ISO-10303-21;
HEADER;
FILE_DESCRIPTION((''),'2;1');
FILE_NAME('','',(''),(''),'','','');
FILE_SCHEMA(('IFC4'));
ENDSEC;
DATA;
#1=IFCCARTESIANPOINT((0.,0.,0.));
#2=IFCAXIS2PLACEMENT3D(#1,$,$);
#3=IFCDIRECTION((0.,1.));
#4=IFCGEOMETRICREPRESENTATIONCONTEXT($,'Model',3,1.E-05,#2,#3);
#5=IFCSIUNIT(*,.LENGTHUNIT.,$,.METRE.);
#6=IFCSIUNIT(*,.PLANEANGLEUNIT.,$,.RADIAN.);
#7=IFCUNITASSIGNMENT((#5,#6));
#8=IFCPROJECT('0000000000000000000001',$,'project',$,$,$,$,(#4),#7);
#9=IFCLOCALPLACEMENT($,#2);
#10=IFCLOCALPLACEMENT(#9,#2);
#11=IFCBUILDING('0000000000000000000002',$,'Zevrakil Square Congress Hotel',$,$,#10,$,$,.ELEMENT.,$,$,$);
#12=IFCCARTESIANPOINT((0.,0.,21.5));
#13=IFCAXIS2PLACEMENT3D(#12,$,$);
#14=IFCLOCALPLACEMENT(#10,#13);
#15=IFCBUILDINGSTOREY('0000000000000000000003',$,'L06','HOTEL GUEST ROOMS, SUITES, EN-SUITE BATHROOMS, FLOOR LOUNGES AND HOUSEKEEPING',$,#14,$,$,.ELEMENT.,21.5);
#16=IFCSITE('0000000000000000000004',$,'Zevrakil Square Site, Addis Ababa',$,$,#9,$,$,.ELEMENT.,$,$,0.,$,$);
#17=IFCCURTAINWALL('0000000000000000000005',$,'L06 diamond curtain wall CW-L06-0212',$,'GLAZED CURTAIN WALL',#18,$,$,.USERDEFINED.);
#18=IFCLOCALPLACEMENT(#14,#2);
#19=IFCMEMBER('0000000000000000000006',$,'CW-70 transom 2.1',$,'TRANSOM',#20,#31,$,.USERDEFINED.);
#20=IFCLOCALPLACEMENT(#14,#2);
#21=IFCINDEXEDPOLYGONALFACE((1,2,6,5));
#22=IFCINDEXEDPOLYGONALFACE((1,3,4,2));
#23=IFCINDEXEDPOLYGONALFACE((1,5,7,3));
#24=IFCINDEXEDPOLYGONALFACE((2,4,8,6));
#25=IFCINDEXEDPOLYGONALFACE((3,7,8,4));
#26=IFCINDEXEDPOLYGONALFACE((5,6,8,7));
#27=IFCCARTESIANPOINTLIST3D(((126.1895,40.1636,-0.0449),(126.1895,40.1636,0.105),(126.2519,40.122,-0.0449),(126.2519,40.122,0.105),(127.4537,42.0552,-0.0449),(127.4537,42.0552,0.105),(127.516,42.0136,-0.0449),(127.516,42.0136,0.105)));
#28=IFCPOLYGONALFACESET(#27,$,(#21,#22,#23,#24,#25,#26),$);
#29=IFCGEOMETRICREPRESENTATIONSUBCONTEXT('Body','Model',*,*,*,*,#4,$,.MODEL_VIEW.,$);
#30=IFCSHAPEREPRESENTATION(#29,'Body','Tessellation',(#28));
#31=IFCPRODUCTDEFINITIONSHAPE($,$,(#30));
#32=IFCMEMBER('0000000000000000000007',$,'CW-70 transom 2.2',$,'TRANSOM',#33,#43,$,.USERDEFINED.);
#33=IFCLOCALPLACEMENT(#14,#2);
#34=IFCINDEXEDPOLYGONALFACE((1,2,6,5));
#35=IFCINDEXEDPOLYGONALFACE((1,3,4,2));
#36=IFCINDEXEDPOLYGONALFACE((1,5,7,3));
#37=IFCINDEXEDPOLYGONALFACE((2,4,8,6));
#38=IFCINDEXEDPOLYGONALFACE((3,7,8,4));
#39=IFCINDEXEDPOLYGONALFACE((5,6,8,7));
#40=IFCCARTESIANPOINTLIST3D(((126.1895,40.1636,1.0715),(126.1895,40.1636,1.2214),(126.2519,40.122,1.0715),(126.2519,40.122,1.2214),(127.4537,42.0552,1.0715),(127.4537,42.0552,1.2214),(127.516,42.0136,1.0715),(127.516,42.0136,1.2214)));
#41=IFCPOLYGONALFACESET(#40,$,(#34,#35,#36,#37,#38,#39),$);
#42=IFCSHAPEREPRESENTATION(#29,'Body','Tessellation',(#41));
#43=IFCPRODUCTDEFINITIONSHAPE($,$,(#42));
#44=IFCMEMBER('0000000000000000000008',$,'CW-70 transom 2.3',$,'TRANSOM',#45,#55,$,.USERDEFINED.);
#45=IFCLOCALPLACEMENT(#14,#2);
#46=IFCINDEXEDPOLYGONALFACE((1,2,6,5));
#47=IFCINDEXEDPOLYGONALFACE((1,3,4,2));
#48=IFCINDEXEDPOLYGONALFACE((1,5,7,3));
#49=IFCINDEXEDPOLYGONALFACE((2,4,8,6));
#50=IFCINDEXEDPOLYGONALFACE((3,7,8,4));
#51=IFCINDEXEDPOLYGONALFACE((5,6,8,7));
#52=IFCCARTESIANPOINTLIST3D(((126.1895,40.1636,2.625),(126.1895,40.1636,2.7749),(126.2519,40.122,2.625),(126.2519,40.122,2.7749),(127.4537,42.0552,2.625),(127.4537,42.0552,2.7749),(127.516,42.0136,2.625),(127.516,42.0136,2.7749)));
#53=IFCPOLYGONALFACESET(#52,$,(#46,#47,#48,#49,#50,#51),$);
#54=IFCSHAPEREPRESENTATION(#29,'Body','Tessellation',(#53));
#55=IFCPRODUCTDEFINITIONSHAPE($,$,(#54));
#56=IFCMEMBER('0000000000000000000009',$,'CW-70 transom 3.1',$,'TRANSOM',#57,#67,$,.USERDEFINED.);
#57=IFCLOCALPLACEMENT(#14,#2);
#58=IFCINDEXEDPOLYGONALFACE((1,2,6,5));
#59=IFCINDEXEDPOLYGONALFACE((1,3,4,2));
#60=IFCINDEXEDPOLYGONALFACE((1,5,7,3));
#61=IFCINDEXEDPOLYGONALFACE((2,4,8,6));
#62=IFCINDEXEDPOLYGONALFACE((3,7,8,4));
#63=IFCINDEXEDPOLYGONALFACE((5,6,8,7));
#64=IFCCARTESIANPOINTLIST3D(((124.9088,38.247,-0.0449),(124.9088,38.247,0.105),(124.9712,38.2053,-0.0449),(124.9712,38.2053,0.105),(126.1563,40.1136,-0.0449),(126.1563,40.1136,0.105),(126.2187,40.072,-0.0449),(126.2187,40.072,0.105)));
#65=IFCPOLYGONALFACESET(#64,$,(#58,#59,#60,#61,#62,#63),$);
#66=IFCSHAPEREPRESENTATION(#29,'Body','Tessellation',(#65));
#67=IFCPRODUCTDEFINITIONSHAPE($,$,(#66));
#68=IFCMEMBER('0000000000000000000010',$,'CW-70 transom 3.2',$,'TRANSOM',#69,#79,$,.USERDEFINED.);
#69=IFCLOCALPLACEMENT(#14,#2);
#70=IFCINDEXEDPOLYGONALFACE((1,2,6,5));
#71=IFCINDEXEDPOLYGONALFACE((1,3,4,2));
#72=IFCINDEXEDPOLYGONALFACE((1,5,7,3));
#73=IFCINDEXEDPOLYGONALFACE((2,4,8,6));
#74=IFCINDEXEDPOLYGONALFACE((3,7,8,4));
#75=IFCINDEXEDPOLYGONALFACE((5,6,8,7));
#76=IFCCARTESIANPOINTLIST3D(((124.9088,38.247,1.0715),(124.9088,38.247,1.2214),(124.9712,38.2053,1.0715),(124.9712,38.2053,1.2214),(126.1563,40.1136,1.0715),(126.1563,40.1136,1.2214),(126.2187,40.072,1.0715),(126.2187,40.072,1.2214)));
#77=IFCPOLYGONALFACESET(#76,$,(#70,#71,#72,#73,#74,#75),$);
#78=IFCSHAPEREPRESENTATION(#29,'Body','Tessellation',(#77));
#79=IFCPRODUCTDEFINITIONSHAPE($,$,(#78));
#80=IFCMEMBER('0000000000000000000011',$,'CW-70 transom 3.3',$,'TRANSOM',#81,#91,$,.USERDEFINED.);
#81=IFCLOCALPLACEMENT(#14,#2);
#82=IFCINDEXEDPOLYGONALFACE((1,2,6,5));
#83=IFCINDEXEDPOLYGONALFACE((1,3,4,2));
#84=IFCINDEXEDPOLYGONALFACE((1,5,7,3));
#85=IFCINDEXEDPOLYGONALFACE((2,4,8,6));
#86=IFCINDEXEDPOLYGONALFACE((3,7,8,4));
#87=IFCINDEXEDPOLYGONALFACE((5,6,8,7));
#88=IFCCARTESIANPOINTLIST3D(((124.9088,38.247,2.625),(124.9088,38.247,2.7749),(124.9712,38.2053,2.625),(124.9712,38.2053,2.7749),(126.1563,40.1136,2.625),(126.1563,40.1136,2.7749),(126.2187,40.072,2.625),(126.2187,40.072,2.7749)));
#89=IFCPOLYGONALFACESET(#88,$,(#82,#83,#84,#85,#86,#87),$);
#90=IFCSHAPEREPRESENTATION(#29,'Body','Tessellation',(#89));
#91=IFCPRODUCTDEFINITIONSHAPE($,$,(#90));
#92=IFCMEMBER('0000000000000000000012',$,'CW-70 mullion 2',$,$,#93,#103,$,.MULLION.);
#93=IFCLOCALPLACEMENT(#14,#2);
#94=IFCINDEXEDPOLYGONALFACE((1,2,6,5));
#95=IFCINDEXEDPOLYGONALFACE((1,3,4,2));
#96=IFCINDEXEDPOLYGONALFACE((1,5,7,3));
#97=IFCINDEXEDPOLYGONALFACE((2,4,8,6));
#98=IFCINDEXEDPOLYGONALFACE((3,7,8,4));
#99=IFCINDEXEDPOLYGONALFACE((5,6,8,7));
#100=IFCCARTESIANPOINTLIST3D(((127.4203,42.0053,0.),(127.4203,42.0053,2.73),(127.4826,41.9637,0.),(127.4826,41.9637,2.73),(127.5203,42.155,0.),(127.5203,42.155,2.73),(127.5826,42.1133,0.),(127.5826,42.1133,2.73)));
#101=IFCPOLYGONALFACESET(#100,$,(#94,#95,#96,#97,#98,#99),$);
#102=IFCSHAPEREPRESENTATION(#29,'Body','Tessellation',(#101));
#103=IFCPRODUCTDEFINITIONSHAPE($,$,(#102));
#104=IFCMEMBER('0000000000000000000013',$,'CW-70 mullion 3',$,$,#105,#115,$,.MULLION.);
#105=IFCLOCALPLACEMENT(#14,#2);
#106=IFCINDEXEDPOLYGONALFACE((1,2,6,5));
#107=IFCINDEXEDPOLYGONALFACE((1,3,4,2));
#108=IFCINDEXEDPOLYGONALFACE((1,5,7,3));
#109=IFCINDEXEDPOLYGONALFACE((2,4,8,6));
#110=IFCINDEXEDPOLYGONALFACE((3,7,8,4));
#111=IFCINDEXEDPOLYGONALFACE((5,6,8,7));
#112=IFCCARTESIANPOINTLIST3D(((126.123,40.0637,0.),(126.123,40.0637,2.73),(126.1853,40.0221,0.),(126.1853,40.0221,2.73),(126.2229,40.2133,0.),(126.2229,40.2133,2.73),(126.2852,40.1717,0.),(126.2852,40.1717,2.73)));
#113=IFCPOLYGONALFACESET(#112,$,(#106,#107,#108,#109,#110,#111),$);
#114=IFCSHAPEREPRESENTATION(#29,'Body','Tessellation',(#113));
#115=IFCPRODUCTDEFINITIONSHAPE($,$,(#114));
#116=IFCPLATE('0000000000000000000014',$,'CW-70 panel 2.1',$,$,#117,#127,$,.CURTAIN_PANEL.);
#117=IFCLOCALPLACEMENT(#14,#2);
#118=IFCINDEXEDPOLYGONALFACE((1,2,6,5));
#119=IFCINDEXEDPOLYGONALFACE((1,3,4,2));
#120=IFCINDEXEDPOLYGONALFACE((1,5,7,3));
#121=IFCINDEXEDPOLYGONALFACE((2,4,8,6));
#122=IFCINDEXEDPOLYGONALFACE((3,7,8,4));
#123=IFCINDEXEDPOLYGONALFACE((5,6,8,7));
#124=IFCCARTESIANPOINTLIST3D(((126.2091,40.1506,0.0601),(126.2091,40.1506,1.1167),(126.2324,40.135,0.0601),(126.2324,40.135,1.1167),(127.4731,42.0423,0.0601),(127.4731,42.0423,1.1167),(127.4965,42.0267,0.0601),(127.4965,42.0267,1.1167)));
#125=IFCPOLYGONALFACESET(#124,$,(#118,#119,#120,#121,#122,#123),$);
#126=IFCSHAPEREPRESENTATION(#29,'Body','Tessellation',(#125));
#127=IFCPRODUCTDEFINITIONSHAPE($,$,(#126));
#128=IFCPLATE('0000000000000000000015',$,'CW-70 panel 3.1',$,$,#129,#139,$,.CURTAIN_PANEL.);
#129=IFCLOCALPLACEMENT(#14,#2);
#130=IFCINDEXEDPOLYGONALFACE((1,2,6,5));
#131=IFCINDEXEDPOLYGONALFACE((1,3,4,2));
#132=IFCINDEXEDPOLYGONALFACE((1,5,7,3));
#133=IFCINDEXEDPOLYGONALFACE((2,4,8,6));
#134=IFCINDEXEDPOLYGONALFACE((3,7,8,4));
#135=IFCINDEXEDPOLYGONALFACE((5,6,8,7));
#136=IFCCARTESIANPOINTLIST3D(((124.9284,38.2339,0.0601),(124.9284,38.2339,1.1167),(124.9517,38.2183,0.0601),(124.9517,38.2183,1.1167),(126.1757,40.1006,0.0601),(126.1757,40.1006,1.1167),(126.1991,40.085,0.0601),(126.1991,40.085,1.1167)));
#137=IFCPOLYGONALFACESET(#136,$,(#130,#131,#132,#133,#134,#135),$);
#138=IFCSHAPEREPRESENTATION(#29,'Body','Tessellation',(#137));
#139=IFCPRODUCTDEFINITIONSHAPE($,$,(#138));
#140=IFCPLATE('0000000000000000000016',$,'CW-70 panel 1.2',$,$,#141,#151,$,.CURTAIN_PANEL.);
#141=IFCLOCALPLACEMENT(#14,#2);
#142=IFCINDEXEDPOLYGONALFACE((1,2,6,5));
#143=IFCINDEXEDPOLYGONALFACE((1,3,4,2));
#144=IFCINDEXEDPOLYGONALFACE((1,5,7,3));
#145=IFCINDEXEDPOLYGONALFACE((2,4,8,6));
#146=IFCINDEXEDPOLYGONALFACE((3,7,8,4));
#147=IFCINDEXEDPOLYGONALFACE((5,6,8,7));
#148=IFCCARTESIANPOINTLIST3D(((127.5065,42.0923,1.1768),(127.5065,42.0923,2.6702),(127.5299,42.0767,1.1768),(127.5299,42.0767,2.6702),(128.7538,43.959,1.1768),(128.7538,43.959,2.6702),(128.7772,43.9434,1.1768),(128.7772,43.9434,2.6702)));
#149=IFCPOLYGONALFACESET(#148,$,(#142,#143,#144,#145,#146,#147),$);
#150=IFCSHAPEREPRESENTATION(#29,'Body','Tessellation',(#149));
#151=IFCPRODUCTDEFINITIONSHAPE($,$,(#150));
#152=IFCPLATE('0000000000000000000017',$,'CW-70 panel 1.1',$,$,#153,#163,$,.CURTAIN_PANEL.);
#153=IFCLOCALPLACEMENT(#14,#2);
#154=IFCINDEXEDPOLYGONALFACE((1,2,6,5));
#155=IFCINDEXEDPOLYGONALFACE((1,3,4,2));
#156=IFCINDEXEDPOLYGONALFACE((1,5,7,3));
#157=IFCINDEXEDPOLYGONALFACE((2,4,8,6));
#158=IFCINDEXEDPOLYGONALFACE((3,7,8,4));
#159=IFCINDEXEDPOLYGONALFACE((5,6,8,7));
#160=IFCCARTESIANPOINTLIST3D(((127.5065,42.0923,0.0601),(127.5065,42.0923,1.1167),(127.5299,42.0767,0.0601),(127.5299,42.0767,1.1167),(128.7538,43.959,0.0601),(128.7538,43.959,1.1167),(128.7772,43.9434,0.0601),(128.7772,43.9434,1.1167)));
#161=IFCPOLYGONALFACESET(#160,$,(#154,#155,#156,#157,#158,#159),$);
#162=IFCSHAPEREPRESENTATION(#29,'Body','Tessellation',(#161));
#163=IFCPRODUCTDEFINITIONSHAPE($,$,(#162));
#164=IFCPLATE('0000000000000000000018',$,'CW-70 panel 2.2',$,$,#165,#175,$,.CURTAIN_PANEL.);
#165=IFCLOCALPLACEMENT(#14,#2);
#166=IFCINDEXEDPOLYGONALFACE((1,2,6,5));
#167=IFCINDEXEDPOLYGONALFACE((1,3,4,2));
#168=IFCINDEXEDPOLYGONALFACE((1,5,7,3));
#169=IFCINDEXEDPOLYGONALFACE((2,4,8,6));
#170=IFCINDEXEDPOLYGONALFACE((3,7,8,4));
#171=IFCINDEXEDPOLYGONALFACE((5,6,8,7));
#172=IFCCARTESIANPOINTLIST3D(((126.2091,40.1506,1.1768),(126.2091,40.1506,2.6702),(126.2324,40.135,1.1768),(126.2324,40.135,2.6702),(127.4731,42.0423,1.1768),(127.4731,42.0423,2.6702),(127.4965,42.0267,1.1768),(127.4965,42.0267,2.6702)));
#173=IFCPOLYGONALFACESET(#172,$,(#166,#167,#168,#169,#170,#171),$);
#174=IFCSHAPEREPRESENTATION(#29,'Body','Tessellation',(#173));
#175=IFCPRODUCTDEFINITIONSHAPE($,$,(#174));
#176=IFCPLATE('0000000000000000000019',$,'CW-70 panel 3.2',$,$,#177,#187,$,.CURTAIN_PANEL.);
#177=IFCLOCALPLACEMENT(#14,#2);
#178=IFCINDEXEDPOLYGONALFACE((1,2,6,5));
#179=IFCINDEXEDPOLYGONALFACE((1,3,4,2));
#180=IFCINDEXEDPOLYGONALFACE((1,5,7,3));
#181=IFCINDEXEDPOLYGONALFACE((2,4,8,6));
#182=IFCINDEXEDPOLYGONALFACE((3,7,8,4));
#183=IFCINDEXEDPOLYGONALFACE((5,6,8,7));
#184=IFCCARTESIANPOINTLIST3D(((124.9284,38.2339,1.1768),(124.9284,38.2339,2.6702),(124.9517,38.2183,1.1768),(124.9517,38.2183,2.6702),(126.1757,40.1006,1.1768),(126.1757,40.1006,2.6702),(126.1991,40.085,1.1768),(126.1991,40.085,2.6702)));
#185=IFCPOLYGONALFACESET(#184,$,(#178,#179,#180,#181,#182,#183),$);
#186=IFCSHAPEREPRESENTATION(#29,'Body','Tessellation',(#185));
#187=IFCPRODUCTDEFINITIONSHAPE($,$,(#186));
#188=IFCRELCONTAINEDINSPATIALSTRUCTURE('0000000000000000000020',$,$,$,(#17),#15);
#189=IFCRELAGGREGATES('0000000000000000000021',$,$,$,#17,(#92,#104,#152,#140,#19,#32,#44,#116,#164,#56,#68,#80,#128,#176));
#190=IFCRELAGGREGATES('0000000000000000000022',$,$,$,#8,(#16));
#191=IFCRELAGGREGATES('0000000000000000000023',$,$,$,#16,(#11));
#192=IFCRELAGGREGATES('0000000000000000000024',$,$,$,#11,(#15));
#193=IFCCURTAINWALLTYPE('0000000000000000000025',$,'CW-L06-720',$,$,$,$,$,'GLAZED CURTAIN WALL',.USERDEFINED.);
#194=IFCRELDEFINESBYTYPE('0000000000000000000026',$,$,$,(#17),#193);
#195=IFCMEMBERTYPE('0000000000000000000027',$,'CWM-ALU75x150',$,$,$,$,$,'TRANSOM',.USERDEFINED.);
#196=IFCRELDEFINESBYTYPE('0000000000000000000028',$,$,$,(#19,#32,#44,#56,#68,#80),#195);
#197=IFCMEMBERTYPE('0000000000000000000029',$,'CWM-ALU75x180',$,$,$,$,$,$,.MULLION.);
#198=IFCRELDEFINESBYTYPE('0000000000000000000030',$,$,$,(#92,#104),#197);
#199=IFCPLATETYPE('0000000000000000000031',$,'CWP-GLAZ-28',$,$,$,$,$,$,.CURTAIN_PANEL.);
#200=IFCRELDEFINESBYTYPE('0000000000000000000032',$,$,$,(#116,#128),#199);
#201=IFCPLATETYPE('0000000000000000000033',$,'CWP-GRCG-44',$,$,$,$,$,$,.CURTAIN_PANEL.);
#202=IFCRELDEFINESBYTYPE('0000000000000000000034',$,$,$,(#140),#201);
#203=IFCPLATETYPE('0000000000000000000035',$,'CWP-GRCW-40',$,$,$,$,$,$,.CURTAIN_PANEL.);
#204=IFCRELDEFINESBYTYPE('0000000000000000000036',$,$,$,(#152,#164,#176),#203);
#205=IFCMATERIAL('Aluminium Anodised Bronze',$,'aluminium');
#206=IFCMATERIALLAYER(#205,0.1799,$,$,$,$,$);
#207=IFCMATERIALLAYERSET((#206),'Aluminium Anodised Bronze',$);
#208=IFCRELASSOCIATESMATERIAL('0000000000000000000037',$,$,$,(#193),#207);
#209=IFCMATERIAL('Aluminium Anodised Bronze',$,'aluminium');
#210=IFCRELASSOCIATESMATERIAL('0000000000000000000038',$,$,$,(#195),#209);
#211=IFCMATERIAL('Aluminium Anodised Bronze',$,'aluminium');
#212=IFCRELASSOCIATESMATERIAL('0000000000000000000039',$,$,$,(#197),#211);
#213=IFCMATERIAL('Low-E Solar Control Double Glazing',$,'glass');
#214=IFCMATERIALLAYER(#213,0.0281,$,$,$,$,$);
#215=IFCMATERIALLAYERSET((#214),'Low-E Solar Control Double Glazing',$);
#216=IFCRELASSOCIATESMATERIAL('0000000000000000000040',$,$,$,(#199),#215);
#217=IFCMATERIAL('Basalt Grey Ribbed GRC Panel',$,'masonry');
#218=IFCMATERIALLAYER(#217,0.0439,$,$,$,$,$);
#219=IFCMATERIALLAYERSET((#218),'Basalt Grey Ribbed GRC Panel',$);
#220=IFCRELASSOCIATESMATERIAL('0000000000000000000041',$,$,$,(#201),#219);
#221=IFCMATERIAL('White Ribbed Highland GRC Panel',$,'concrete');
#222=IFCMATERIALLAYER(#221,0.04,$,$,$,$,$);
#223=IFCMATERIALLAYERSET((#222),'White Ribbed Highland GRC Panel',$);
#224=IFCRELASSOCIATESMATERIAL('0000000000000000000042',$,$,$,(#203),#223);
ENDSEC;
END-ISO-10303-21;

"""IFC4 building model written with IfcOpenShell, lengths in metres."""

from ifc_helpers import new_model, si_unit, direction, frame, origin, origin_2d, place, context, subcontext, project, spatial, rectangle, extrude, material, layer, layer_set, material_profile, profile_set, type_object, element, aggregate, save


model = new_model("IFC4")

# Units and contexts
model_context = context("Model", 3, precision=1e-05, world=origin(), true_north=direction((0.0, 1.0)))
body_context = subcontext(model_context, "Body", "Model", "MODEL_VIEW")
ifc_project = project(units=[si_unit("LENGTHUNIT", "METRE"), si_unit("PLANEANGLEUNIT", "RADIAN")], contexts=[model_context])

# Site, building, storey
site_placement = place(None, origin())
site = spatial("IfcSite", under=ifc_project, at=site_placement, Name="Zevrakil Square Site, Addis Ababa", CompositionType="ELEMENT", RefElevation=0.0)
building_placement = place(site_placement, origin())
building = spatial("IfcBuilding", under=site, at=building_placement, Name="Zevrakil Square Congress Hotel", CompositionType="ELEMENT")
storey_placement = place(building_placement, frame((0.0, 0.0, 21.5)))
storey = spatial("IfcBuildingStorey", under=building, at=storey_placement, Name="L06", Description="HOTEL GUEST ROOMS, SUITES, EN-SUITE BATHROOMS, FLOOR LOUNGES AND HOUSEKEEPING", CompositionType="ELEMENT", Elevation=21.5)

# Curtain wall, members, plates
ifc_material_1 = material(Name="Aluminium Anodised Bronze", Category="aluminium")
ifc_layer_1 = layer(ifc_material_1, 0.1799)
ifc_layer_set_1 = layer_set([ifc_layer_1], Name="Aluminium Anodised Bronze")
curtain_wall_type = type_object("IfcCurtainWallType", Name="CW-L06-720", ElementType="GLAZED CURTAIN WALL", PredefinedType="USERDEFINED", material=ifc_layer_set_1)
curtain_wall_placement = place(storey_placement, origin())
curtain_wall = element("IfcCurtainWall", 1, at=curtain_wall_placement, inside=storey, type_object=curtain_wall_type, Name="L06 diamond curtain wall CW-L06-0212", ObjectType="GLAZED CURTAIN WALL", PredefinedType="USERDEFINED")
ifc_material_2 = material(Name="Aluminium Anodised Bronze", Category="aluminium")
ifc_material_profile_1 = material_profile(ifc_material_2, rectangle(XDim=0.075, YDim=0.1499, at=origin_2d()), Name="ALU 75x150")
ifc_profile_set_1 = profile_set([ifc_material_profile_1], Name="Aluminium Anodised Bronze")
member_type_1 = type_object("IfcMemberType", Name="CWM-ALU75x150", ElementType="TRANSOM", PredefinedType="USERDEFINED", material=ifc_profile_set_1)
member_1_placement = place(storey_placement, frame((127.4849, 42.0344, 0.03), z_axis=(-0.555641, -0.831422, 0.0), x_axis=(0.831422, -0.555641, 0.0)))
member_1 = element("IfcMember", 2, at=member_1_placement, type_object=member_type_1, Name="CW-70 transom 2.1", ObjectType="TRANSOM", PredefinedType="USERDEFINED", context=body_context, shape_type="SweptSolid", body=[
    extrude(rectangle(XDim=0.075, YDim=0.1499, at=origin_2d()), origin(), (0.0, 0.0, 1.0), 2.2751),
])
member_2_placement = place(storey_placement, frame((127.4849, 42.0344, 1.1465), z_axis=(-0.555641, -0.831422, 0.0), x_axis=(0.831422, -0.555641, 0.0)))
member_2 = element("IfcMember", 3, at=member_2_placement, type_object=member_type_1, Name="CW-70 transom 2.2", ObjectType="TRANSOM", PredefinedType="USERDEFINED", context=body_context, shape_type="SweptSolid", body=[
    extrude(rectangle(XDim=0.075, YDim=0.1499, at=origin_2d()), origin(), (0.0, 0.0, 1.0), 2.2751),
])
member_3_placement = place(storey_placement, frame((127.4849, 42.0344, 2.7), z_axis=(-0.555641, -0.831422, 0.0), x_axis=(0.831422, -0.555641, 0.0)))
member_3 = element("IfcMember", 4, at=member_3_placement, type_object=member_type_1, Name="CW-70 transom 2.3", ObjectType="TRANSOM", PredefinedType="USERDEFINED", context=body_context, shape_type="SweptSolid", body=[
    extrude(rectangle(XDim=0.075, YDim=0.1499, at=origin_2d()), origin(), (0.0, 0.0, 1.0), 2.2751),
])
member_4_placement = place(storey_placement, frame((126.1875, 40.0928, 0.03), z_axis=(-0.555653, -0.831414, 0.0), x_axis=(0.831414, -0.555653, 0.0)))
member_4 = element("IfcMember", 5, at=member_4_placement, type_object=member_type_1, Name="CW-70 transom 3.1", ObjectType="TRANSOM", PredefinedType="USERDEFINED", context=body_context, shape_type="SweptSolid", body=[
    extrude(rectangle(XDim=0.075, YDim=0.1499, at=origin_2d()), origin(), (0.0, 0.0, 1.0), 2.2451),
])
member_5_placement = place(storey_placement, frame((126.1875, 40.0928, 1.1465), z_axis=(-0.555653, -0.831414, 0.0), x_axis=(0.831414, -0.555653, 0.0)))
member_5 = element("IfcMember", 6, at=member_5_placement, type_object=member_type_1, Name="CW-70 transom 3.2", ObjectType="TRANSOM", PredefinedType="USERDEFINED", context=body_context, shape_type="SweptSolid", body=[
    extrude(rectangle(XDim=0.075, YDim=0.1499, at=origin_2d()), origin(), (0.0, 0.0, 1.0), 2.2451),
])
member_6_placement = place(storey_placement, frame((126.1875, 40.0928, 2.7), z_axis=(-0.555653, -0.831414, 0.0), x_axis=(0.831414, -0.555653, 0.0)))
member_6 = element("IfcMember", 7, at=member_6_placement, type_object=member_type_1, Name="CW-70 transom 3.3", ObjectType="TRANSOM", PredefinedType="USERDEFINED", context=body_context, shape_type="SweptSolid", body=[
    extrude(rectangle(XDim=0.075, YDim=0.1499, at=origin_2d()), origin(), (0.0, 0.0, 1.0), 2.2451),
])
ifc_material_3 = material(Name="Aluminium Anodised Bronze", Category="aluminium")
ifc_material_profile_2 = material_profile(ifc_material_3, rectangle(XDim=0.075, YDim=0.1799, at=origin_2d()), Name="ALU 75x180")
ifc_profile_set_2 = profile_set([ifc_material_profile_2], Name="Aluminium Anodised Bronze")
member_type_2 = type_object("IfcMemberType", Name="CWM-ALU75x180", PredefinedType="MULLION", material=ifc_profile_set_2)
member_7_placement = place(storey_placement, frame((127.5015, 42.0593, 0.0), z_axis=(0.0, 0.0, 1.0), x_axis=(0.831466, -0.555576, 0.0)))
member_7 = element("IfcMember", 8, at=member_7_placement, type_object=member_type_2, Name="CW-70 mullion 2", PredefinedType="MULLION", context=body_context, shape_type="SweptSolid", body=[
    extrude(rectangle(XDim=0.075, YDim=0.1799, at=origin_2d()), origin(), (0.0, 0.0, 1.0), 2.73),
])
member_8_placement = place(storey_placement, frame((126.2041, 40.1177, 0.0), z_axis=(0.0, 0.0, 1.0), x_axis=(0.831466, -0.555576, 0.0)))
member_8 = element("IfcMember", 9, at=member_8_placement, type_object=member_type_2, Name="CW-70 mullion 3", PredefinedType="MULLION", context=body_context, shape_type="SweptSolid", body=[
    extrude(rectangle(XDim=0.075, YDim=0.1799, at=origin_2d()), origin(), (0.0, 0.0, 1.0), 2.73),
])
ifc_material_4 = material(Name="Low-E Solar Control Double Glazing", Category="glass")
ifc_layer_2 = layer(ifc_material_4, 0.0281)
ifc_layer_set_2 = layer_set([ifc_layer_2], Name="Low-E Solar Control Double Glazing")
plate_type_1 = type_object("IfcPlateType", Name="CWP-GLAZ-28", PredefinedType="CURTAIN_PANEL", material=ifc_layer_set_2)
plate_1_placement = place(storey_placement, frame((126.8528, 41.0886, 0.0601), z_axis=(0.0, 0.0, 1.0), x_axis=(-0.555576, -0.831466, 0.0)))
plate_1 = element("IfcPlate", 10, at=plate_1_placement, type_object=plate_type_1, Name="CW-70 panel 2.1", PredefinedType="CURTAIN_PANEL", context=body_context, shape_type="SweptSolid", body=[
    extrude(rectangle(XDim=2.2751, YDim=0.0281, at=origin_2d()), origin(), (0.0, 0.0, 1.0), 1.0566),
])
plate_2_placement = place(storey_placement, frame((125.5637, 39.1594, 0.0601), z_axis=(0.0, 0.0, 1.0), x_axis=(-0.555576, -0.831466, 0.0)))
plate_2 = element("IfcPlate", 11, at=plate_2_placement, type_object=plate_type_1, Name="CW-70 panel 3.1", PredefinedType="CURTAIN_PANEL", context=body_context, shape_type="SweptSolid", body=[
    extrude(rectangle(XDim=2.2451, YDim=0.0281, at=origin_2d()), origin(), (0.0, 0.0, 1.0), 1.0566),
])
ifc_material_5 = material(Name="Basalt Grey Ribbed GRC Panel", Category="masonry")
ifc_layer_3 = layer(ifc_material_5, 0.0439)
ifc_layer_set_3 = layer_set([ifc_layer_3], Name="Basalt Grey Ribbed GRC Panel")
plate_type_2 = type_object("IfcPlateType", Name="CWP-GRCG-44", PredefinedType="CURTAIN_PANEL", material=ifc_layer_set_3)
plate_3_placement = place(storey_placement, frame((128.1418, 43.0178, 1.1768), z_axis=(0.0, 0.0, 1.0), x_axis=(-0.555576, -0.831466, 0.0)))
plate_3 = element("IfcPlate", 12, at=plate_3_placement, type_object=plate_type_2, Name="CW-70 panel 1.2", PredefinedType="CURTAIN_PANEL", context=body_context, shape_type="SweptSolid", body=[
    extrude(rectangle(XDim=2.2451, YDim=0.0281, at=origin_2d()), origin(), (0.0, 0.0, 1.0), 1.4934),
])
ifc_material_6 = material(Name="White Ribbed Highland GRC Panel", Category="concrete")
ifc_layer_4 = layer(ifc_material_6, 0.04)
ifc_layer_set_4 = layer_set([ifc_layer_4], Name="White Ribbed Highland GRC Panel")
plate_type_3 = type_object("IfcPlateType", Name="CWP-GRCW-40", PredefinedType="CURTAIN_PANEL", material=ifc_layer_set_4)
plate_4_placement = place(storey_placement, frame((128.1418, 43.0178, 0.0601), z_axis=(0.0, 0.0, 1.0), x_axis=(-0.555576, -0.831466, 0.0)))
plate_4 = element("IfcPlate", 13, at=plate_4_placement, type_object=plate_type_3, Name="CW-70 panel 1.1", PredefinedType="CURTAIN_PANEL", context=body_context, shape_type="SweptSolid", body=[
    extrude(rectangle(XDim=2.2451, YDim=0.0281, at=origin_2d()), origin(), (0.0, 0.0, 1.0), 1.0566),
])
plate_5_placement = place(storey_placement, frame((126.8528, 41.0886, 1.1768), z_axis=(0.0, 0.0, 1.0), x_axis=(-0.555576, -0.831466, 0.0)))
plate_5 = element("IfcPlate", 14, at=plate_5_placement, type_object=plate_type_3, Name="CW-70 panel 2.2", PredefinedType="CURTAIN_PANEL", context=body_context, shape_type="SweptSolid", body=[
    extrude(rectangle(XDim=2.2751, YDim=0.0281, at=origin_2d()), origin(), (0.0, 0.0, 1.0), 1.4934),
])
plate_6_placement = place(storey_placement, frame((125.5637, 39.1594, 1.1768), z_axis=(0.0, 0.0, 1.0), x_axis=(-0.555576, -0.831466, 0.0)))
plate_6 = element("IfcPlate", 15, at=plate_6_placement, type_object=plate_type_3, Name="CW-70 panel 3.2", PredefinedType="CURTAIN_PANEL", context=body_context, shape_type="SweptSolid", body=[
    extrude(rectangle(XDim=2.2451, YDim=0.0281, at=origin_2d()), origin(), (0.0, 0.0, 1.0), 1.4934),
])
aggregate(curtain_wall, [member_7, member_8, plate_4, plate_3, member_1, member_2, member_3, plate_1, plate_5, member_4, member_5, member_6, plate_2, plate_6])

save(model, "model.ifc")
